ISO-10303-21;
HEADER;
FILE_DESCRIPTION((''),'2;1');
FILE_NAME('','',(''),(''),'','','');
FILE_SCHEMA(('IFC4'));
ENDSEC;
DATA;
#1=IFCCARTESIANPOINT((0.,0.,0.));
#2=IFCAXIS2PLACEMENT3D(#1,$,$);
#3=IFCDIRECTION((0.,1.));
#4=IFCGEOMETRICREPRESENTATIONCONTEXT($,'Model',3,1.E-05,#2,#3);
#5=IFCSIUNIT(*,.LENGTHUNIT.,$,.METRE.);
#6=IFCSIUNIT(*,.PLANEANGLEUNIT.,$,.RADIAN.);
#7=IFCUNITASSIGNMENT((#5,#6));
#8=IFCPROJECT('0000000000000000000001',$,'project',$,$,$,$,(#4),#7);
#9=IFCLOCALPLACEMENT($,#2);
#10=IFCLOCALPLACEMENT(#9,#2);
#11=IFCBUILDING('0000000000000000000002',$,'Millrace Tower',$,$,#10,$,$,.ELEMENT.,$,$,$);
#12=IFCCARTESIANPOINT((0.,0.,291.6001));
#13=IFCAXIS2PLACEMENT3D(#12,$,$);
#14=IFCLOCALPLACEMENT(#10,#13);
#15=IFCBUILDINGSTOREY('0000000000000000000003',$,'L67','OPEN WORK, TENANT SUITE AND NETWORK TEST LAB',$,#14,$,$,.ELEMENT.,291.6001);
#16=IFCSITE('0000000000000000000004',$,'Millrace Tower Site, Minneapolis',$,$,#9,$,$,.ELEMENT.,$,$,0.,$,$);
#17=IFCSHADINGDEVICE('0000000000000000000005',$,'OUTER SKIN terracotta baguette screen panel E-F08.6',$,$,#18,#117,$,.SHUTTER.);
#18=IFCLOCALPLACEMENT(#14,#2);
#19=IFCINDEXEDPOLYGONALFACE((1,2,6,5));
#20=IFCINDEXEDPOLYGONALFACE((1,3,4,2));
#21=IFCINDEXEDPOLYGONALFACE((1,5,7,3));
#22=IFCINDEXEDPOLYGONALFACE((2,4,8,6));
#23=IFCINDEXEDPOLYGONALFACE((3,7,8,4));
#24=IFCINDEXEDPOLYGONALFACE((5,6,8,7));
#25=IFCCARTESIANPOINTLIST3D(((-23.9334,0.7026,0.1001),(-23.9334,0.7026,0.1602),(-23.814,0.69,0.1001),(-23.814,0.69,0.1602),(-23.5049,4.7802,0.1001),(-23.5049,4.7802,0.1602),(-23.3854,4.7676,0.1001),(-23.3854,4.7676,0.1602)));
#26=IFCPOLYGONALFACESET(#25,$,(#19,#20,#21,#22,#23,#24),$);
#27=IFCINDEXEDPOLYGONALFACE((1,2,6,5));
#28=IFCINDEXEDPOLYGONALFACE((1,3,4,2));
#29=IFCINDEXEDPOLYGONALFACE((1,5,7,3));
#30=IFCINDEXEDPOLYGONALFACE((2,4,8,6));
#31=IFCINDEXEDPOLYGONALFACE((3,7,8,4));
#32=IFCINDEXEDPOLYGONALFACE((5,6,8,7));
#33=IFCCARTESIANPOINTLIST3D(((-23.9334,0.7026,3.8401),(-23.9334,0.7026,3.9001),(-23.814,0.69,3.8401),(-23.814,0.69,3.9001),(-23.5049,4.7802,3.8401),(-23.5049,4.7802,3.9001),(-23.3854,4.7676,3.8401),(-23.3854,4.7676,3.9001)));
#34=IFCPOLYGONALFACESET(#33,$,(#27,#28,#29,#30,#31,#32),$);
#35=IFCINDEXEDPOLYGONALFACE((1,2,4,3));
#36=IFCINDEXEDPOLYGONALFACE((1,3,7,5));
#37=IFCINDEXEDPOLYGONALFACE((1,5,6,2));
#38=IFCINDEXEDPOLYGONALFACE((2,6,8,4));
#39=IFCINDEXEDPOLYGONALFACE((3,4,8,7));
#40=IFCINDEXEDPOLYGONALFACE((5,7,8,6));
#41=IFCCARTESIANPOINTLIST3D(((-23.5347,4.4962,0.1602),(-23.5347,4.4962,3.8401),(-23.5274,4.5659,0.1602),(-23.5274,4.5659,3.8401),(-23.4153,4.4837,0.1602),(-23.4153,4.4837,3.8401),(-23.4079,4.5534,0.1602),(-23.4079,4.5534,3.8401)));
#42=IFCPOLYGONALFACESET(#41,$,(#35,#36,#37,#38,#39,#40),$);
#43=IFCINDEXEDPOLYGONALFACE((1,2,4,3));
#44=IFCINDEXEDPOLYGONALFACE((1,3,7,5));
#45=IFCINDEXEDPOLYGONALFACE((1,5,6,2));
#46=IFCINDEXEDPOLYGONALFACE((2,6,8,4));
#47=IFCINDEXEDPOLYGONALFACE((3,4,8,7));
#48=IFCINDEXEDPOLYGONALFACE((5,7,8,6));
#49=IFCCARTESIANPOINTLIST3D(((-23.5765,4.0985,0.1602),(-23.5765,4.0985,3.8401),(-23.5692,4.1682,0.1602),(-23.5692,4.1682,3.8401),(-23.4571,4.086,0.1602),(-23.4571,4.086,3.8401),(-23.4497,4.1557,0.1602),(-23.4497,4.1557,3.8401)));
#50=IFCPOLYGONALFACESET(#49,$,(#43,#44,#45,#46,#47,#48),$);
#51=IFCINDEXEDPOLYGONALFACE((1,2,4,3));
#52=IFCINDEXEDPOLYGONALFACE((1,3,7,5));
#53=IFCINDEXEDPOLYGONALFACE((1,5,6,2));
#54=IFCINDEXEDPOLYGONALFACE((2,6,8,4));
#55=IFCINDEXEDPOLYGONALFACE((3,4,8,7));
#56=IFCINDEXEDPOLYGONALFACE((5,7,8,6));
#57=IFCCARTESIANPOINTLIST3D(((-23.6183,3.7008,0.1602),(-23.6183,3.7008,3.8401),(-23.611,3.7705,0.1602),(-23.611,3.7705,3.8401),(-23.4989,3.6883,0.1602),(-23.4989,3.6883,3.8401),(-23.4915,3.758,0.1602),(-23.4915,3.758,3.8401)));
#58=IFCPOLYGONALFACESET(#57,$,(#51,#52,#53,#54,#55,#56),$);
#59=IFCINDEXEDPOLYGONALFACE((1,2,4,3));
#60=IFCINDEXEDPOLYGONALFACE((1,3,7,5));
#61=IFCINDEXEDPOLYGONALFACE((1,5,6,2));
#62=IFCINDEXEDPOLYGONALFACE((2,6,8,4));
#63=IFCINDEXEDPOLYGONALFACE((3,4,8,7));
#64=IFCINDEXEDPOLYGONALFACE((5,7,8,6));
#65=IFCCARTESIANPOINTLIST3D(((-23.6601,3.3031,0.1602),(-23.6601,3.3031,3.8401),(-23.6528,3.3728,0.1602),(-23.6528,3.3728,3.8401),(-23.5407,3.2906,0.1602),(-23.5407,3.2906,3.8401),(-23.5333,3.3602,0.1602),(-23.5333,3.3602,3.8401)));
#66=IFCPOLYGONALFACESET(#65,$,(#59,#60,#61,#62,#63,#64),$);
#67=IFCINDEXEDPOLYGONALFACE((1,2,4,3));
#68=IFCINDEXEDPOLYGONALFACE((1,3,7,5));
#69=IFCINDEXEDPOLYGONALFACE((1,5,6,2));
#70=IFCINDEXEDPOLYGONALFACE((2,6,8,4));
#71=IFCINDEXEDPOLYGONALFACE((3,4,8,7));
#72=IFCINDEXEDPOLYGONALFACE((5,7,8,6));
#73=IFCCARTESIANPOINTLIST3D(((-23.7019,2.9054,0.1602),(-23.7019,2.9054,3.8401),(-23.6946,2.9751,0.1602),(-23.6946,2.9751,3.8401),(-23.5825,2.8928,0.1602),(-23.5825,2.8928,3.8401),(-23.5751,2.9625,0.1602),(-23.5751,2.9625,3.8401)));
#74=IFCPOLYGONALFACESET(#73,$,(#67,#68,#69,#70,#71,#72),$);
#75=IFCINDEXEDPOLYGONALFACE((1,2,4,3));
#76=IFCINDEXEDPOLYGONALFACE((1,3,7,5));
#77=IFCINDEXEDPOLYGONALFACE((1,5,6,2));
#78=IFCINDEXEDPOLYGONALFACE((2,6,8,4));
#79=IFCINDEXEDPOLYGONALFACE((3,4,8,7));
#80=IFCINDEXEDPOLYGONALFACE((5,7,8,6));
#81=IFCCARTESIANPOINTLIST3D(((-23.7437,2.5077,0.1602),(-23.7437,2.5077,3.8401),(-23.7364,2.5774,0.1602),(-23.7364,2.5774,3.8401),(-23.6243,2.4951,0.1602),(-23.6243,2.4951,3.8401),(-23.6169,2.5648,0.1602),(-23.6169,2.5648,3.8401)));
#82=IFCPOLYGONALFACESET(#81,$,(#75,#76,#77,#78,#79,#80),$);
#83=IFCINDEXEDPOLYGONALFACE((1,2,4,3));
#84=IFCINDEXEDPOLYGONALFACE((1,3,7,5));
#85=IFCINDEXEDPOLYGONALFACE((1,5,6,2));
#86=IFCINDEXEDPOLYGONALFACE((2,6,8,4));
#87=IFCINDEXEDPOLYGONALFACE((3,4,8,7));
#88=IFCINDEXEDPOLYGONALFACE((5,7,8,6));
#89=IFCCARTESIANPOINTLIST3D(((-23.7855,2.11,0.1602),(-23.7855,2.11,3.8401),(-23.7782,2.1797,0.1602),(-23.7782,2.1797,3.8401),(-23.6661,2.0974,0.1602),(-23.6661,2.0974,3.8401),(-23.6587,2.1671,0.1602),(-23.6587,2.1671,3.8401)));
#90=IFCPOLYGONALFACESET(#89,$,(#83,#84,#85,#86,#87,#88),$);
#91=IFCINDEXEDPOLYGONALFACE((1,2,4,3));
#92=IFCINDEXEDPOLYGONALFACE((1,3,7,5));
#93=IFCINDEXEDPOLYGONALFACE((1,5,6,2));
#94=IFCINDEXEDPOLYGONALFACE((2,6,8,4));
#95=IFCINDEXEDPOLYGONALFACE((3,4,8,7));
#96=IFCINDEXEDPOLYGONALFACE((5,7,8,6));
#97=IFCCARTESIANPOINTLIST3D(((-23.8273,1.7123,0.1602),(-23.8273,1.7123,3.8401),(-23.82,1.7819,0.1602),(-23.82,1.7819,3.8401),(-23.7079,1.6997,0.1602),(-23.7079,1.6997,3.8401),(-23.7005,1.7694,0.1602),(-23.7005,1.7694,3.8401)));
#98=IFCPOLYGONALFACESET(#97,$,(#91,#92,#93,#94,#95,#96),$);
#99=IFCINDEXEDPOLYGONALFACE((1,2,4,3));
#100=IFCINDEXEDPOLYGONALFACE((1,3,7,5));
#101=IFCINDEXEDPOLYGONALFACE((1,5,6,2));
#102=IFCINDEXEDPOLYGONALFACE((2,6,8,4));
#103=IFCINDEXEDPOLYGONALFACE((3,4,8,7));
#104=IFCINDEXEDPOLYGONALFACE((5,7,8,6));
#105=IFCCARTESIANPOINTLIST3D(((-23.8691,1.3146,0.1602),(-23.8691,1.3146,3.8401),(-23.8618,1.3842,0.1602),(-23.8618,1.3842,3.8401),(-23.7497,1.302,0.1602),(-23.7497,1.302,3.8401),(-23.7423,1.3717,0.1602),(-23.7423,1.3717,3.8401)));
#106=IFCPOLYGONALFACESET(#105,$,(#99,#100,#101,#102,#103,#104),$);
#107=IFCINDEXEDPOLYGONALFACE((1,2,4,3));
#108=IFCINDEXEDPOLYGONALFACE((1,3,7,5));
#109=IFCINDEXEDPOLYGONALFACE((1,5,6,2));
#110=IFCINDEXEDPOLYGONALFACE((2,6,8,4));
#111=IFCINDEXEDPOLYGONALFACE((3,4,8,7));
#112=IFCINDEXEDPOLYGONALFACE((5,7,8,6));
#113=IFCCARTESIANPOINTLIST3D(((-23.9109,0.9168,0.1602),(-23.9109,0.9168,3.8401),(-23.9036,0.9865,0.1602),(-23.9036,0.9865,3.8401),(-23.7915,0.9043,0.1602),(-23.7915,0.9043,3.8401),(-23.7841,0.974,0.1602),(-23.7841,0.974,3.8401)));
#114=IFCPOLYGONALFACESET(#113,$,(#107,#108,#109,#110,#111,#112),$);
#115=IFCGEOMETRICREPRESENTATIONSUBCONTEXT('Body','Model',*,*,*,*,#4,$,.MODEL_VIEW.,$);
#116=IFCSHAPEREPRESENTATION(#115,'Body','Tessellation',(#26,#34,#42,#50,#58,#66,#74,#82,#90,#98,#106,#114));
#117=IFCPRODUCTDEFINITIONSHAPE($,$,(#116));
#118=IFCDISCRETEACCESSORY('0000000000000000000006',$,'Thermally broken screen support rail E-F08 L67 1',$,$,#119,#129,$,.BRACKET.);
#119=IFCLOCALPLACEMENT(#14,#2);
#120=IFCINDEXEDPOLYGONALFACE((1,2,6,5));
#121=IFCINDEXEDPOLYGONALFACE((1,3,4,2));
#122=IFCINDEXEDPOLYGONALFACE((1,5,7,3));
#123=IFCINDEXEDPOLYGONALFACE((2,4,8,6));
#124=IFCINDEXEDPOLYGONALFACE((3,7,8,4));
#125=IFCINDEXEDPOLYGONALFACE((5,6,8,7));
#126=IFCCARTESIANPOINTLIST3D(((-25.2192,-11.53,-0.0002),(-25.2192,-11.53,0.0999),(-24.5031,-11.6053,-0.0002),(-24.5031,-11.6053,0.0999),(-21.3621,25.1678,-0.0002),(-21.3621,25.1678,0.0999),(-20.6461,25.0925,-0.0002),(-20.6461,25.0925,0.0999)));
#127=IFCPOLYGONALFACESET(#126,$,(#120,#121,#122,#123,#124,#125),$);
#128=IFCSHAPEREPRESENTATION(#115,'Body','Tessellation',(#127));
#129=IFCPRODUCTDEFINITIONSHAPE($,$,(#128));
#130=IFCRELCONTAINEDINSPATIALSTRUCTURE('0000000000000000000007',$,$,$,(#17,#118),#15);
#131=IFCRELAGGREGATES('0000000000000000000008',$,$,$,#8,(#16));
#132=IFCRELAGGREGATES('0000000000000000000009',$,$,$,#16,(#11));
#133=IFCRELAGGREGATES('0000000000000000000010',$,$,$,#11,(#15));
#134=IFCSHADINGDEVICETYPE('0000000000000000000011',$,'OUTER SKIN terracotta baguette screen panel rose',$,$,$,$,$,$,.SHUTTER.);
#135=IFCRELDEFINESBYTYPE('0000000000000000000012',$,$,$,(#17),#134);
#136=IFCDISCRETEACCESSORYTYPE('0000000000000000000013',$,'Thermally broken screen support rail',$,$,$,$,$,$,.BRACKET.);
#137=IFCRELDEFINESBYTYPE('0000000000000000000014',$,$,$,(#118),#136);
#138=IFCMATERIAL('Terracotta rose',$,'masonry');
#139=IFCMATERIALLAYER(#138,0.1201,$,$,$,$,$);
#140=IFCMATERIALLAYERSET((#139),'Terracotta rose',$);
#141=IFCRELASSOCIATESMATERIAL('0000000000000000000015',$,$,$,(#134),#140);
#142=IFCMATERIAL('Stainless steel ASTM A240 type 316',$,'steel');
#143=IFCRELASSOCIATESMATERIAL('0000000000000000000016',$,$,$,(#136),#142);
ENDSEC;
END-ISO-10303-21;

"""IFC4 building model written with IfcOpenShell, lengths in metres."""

from ifc_helpers import new_model, entity, si_unit, direction, frame, frame_2d, origin, origin_2d, place, context, subcontext, project, spatial, rectangle, extrude, source, transform, mapped, material, layer, layer_set, type_object, element, save


model = new_model("IFC4")

# Units and contexts
model_context = context("Model", 3, precision=1e-05, world=origin(), true_north=direction((0.0, 1.0)))
body_context = subcontext(model_context, "Body", "Model", "MODEL_VIEW")
ifc_project = project(units=[si_unit("LENGTHUNIT", "METRE"), si_unit("PLANEANGLEUNIT", "RADIAN")], contexts=[model_context])

# Site, building, storey
site_placement = place(None, origin())
site = spatial("IfcSite", under=ifc_project, at=site_placement, Name="Millrace Tower Site, Minneapolis", CompositionType="ELEMENT", RefElevation=0.0)
building_placement = place(site_placement, origin())
building = spatial("IfcBuilding", under=site, at=building_placement, Name="Millrace Tower", CompositionType="ELEMENT")
storey_placement = place(building_placement, frame((0.0, 0.0, 291.6001)))
storey = spatial("IfcBuildingStorey", under=building, at=storey_placement, Name="L67", Description="OPEN WORK, TENANT SUITE AND NETWORK TEST LAB", CompositionType="ELEMENT", Elevation=291.6001)

# Shading device
ifc_material_1 = material(Name="Terracotta rose", Category="masonry")
ifc_layer_1 = layer(ifc_material_1, 0.1201)
ifc_layer_set_1 = layer_set([ifc_layer_1], Name="Terracotta rose")
shading_device_type = type_object("IfcShadingDeviceType", Name="OUTER SKIN terracotta baguette screen panel rose", PredefinedType="SHUTTER", material=ifc_layer_set_1)
cartesian_point = entity("IfcCartesianPoint", [-2.05, 0.0601])
shared_polyline = entity("IfcPolyline", [cartesian_point, entity("IfcCartesianPoint", [2.05, 0.0601]), entity("IfcCartesianPoint", [2.05, -0.0601]), entity("IfcCartesianPoint", [-2.05, -0.0601]), cartesian_point])
shared_shape = source(origin(), body_context, "Body", "SweptSolid", [
    entity("IfcExtrudedAreaSolid", entity("IfcArbitraryClosedProfileDef", "AREA", None, shared_polyline), entity("IfcAxis2Placement3D", entity("IfcCartesianPoint", [0.0, 0.0, 0.0])), entity("IfcDirection", [0.0, 0.0, 1.0]), 0.0601),
    entity("IfcExtrudedAreaSolid", entity("IfcArbitraryClosedProfileDef", "AREA", None, shared_polyline), entity("IfcAxis2Placement3D", entity("IfcCartesianPoint", [0.0, 0.0, 3.74])), entity("IfcDirection", [0.0, 0.0, 1.0]), 0.0601),
    extrude(rectangle(XDim=0.0701, YDim=0.1201, at=frame_2d((-1.7996, 0.0))), frame((0.0, 0.0, 0.0601)), (0.0, 0.0, 1.0), 3.6799),
    extrude(rectangle(XDim=0.0701, YDim=0.1201, at=frame_2d((-1.3997, 0.0))), frame((0.0, 0.0, 0.0601)), (0.0, 0.0, 1.0), 3.6799),
    extrude(rectangle(XDim=0.0701, YDim=0.1201, at=frame_2d((-0.9998, 0.0))), frame((0.0, 0.0, 0.0601)), (0.0, 0.0, 1.0), 3.6799),
    extrude(rectangle(XDim=0.0701, YDim=0.1201, at=frame_2d((-0.5999, 0.0))), frame((0.0, 0.0, 0.0601)), (0.0, 0.0, 1.0), 3.6799),
    extrude(rectangle(XDim=0.0701, YDim=0.1201, at=frame_2d((-0.2, 0.0))), frame((0.0, 0.0, 0.0601)), (0.0, 0.0, 1.0), 3.6799),
    extrude(rectangle(XDim=0.0701, YDim=0.1201, at=frame_2d((0.2, 0.0))), frame((0.0, 0.0, 0.0601)), (0.0, 0.0, 1.0), 3.6799),
    extrude(rectangle(XDim=0.0701, YDim=0.1201, at=frame_2d((0.5999, 0.0))), frame((0.0, 0.0, 0.0601)), (0.0, 0.0, 1.0), 3.6799),
    extrude(rectangle(XDim=0.0701, YDim=0.1201, at=frame_2d((0.9998, 0.0))), frame((0.0, 0.0, 0.0601)), (0.0, 0.0, 1.0), 3.6799),
    extrude(rectangle(XDim=0.0701, YDim=0.1201, at=frame_2d((1.3997, 0.0))), frame((0.0, 0.0, 0.0601)), (0.0, 0.0, 1.0), 3.6799),
    extrude(rectangle(XDim=0.0701, YDim=0.1201, at=frame_2d((1.7996, 0.0))), frame((0.0, 0.0, 0.0601)), (0.0, 0.0, 1.0), 3.6799),
])
for number, where, z_axis, x_axis, name in (
    (1, (-23.6594, 2.7351, 0.1001), (0.0, 0.0, 1.0), (-0.104528, -0.994522, 0.0), "OUTER SKIN terracotta baguette screen panel E-F08.6"),
):
    element("IfcShadingDevice", number, at=place(storey_placement, frame(where, z_axis=z_axis, x_axis=x_axis)), inside=storey, type_object=shading_device_type, Name=name, PredefinedType="SHUTTER", context=body_context, shape_type="MappedRepresentation", body=[
        mapped(shared_shape, transform((0.0, 0.0, 0.0), scale=1.0)),
    ])

# Discrete accessory
ifc_material_2 = material(Name="Stainless steel ASTM A240 type 316", Category="steel")
discrete_accessory_type = type_object("IfcDiscreteAccessoryType", Name="Thermally broken screen support rail", PredefinedType="BRACKET", material=ifc_material_2)
discrete_accessory_placement = place(storey_placement, frame((-22.9326, 6.7812, -0.0002), z_axis=(0.0, 0.0, 1.0), x_axis=(-0.104528, -0.994522, 0.0)))
element("IfcDiscreteAccessory", 2, at=discrete_accessory_placement, inside=storey, type_object=discrete_accessory_type, Name="Thermally broken screen support rail E-F08 L67 1", PredefinedType="BRACKET", context=body_context, shape_type="SweptSolid", body=[
    extrude(rectangle(XDim=36.8999, YDim=0.72, at=origin_2d()), origin(), (0.0, 0.0, 1.0), 0.1001),
])

save(model, "model.ifc")
